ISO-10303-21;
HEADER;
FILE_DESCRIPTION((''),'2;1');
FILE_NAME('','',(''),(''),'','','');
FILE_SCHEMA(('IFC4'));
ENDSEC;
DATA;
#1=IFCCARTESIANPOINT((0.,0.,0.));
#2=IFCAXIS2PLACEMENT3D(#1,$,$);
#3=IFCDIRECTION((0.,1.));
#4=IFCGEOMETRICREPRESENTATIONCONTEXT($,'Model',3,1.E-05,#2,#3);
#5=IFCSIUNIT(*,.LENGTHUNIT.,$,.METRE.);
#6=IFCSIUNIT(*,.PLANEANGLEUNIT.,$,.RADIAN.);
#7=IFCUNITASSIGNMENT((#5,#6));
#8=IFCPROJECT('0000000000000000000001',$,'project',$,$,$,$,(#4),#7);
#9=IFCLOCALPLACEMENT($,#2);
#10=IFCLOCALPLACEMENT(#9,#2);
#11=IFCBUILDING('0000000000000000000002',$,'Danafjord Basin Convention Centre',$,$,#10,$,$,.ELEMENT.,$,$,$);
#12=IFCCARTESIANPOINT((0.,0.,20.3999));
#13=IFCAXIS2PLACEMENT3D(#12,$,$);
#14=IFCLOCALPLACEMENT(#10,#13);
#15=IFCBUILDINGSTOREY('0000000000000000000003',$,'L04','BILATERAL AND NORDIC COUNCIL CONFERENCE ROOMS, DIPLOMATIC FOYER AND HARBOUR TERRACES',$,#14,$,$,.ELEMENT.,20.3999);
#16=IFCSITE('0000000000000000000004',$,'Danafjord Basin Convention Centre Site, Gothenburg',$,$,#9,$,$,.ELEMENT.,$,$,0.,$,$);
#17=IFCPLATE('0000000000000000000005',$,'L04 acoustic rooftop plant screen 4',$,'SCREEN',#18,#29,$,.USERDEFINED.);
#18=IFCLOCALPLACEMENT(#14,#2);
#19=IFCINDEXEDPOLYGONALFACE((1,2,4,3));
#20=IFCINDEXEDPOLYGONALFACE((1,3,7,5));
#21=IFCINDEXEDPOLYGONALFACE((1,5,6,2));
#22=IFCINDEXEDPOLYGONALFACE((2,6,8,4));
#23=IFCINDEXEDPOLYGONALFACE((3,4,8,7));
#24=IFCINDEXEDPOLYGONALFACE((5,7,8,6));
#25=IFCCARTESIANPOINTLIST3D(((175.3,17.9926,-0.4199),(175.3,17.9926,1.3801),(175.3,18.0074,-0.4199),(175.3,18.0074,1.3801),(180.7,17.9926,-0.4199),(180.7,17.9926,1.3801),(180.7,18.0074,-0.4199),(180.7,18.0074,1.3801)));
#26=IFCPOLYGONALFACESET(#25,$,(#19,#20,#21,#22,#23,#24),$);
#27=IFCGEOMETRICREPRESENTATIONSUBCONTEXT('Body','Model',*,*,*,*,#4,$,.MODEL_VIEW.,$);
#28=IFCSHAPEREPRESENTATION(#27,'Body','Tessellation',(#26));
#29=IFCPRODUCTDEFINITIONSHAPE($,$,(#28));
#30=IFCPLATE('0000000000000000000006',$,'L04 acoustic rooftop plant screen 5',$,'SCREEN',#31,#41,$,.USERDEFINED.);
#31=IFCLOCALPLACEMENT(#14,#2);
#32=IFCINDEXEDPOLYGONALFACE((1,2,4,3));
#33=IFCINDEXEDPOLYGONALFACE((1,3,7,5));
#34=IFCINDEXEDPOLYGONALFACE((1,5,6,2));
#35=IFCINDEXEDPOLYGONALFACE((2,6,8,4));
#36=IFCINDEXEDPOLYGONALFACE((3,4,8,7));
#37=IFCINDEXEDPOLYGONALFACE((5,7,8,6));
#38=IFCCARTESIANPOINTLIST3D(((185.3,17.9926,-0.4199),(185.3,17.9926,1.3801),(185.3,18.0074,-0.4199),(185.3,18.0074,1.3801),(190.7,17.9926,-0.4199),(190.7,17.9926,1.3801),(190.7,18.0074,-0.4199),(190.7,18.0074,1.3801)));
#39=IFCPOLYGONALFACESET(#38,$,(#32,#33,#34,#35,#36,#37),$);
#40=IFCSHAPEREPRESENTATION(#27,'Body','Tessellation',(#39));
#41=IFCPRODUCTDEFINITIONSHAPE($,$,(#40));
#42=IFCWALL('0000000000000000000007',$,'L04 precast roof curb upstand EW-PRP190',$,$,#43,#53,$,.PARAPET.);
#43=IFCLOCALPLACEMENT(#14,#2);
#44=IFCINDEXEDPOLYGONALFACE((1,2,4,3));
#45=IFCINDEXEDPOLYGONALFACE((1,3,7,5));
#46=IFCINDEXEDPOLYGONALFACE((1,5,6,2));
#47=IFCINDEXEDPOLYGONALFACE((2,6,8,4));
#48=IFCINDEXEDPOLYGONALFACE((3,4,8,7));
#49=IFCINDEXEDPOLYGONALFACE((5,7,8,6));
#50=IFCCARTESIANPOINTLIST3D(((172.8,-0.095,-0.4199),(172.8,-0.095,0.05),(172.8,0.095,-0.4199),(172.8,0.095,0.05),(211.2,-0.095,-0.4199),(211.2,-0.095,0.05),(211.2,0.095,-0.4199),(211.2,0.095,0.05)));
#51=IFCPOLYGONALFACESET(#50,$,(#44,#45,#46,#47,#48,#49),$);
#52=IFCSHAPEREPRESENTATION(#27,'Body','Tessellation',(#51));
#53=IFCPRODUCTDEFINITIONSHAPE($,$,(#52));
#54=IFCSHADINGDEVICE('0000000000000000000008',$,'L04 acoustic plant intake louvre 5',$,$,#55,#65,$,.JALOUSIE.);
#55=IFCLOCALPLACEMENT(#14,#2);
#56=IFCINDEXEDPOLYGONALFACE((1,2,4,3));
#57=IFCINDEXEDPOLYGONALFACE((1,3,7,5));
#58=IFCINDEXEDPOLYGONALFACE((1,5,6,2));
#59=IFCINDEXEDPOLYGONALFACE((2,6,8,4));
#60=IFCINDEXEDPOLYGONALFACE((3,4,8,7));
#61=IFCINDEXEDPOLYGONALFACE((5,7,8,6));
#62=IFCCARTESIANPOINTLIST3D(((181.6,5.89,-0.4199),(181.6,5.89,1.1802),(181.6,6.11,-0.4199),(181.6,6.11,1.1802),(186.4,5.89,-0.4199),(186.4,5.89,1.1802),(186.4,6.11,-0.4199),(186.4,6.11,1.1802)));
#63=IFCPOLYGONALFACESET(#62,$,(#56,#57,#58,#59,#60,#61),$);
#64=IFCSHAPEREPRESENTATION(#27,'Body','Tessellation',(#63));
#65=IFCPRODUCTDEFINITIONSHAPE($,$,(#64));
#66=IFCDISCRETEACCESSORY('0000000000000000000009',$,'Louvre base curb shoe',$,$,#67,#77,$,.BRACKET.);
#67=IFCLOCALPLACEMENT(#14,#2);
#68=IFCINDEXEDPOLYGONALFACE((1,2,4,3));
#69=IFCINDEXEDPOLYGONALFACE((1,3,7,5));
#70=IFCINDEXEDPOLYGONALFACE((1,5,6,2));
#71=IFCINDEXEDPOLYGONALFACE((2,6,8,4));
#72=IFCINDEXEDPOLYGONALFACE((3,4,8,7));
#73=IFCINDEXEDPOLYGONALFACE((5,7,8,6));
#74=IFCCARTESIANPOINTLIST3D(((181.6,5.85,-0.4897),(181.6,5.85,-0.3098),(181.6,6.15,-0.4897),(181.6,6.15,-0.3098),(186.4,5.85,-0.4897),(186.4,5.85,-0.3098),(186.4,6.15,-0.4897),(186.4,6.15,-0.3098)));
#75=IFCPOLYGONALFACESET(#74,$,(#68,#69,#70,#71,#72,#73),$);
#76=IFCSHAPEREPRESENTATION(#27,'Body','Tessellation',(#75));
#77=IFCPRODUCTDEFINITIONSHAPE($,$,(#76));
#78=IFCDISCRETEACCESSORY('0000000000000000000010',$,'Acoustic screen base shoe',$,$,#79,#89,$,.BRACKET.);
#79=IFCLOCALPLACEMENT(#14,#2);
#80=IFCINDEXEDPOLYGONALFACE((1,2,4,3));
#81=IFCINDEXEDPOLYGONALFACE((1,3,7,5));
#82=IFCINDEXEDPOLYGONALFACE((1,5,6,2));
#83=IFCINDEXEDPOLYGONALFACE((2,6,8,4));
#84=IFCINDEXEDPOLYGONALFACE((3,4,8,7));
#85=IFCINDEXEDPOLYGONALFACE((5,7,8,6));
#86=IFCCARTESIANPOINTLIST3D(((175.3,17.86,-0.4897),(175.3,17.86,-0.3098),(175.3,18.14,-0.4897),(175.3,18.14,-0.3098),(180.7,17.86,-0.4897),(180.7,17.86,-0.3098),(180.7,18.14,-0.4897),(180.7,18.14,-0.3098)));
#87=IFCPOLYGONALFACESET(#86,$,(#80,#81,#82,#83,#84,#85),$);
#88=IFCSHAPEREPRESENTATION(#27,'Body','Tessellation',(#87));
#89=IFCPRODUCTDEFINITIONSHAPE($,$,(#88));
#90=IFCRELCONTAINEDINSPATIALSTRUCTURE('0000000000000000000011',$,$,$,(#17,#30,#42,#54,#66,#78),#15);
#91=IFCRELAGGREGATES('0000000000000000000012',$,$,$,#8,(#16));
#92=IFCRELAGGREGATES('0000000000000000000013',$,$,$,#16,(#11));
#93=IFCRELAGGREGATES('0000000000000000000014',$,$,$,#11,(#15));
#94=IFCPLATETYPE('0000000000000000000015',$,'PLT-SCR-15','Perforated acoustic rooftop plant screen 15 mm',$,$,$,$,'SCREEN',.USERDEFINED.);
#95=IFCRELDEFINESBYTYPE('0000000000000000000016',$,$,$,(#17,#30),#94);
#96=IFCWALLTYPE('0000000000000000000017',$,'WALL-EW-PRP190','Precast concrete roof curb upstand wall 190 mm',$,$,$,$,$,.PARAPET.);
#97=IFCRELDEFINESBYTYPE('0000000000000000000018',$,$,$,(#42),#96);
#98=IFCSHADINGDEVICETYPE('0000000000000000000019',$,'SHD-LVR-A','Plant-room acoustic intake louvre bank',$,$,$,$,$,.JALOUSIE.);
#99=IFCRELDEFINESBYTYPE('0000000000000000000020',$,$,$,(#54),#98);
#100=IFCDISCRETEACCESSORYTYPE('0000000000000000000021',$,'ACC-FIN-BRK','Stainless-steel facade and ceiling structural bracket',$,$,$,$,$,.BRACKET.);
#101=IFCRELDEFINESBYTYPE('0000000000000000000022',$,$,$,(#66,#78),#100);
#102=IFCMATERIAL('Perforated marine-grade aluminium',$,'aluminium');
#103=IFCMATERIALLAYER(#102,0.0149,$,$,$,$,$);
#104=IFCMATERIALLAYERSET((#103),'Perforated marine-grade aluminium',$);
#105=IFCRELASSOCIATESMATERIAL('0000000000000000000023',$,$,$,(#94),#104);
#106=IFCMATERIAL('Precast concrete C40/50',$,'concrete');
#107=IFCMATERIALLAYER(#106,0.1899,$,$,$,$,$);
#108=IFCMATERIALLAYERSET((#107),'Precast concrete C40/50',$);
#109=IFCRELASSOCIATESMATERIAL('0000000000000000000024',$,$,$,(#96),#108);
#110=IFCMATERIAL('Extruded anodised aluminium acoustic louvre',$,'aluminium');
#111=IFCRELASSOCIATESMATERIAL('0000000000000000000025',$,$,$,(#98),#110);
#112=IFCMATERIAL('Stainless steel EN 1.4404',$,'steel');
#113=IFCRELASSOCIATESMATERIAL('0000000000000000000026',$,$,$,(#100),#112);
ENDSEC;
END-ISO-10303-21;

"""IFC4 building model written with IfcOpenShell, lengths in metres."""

from ifc_helpers import new_model, si_unit, direction, frame, frame_2d, origin, origin_2d, place, context, subcontext, project, spatial, rectangle, extrude, material, layer, layer_set, type_object, element, save


model = new_model("IFC4")

# Units and contexts
model_context = context("Model", 3, precision=1e-05, world=origin(), true_north=direction((0.0, 1.0)))
body_context = subcontext(model_context, "Body", "Model", "MODEL_VIEW")
ifc_project = project(units=[si_unit("LENGTHUNIT", "METRE"), si_unit("PLANEANGLEUNIT", "RADIAN")], contexts=[model_context])

# Site, building, storey
site_placement = place(None, origin())
site = spatial("IfcSite", under=ifc_project, at=site_placement, Name="Danafjord Basin Convention Centre Site, Gothenburg", CompositionType="ELEMENT", RefElevation=0.0)
building_placement = place(site_placement, origin())
building = spatial("IfcBuilding", under=site, at=building_placement, Name="Danafjord Basin Convention Centre", CompositionType="ELEMENT")
storey_placement = place(building_placement, frame((0.0, 0.0, 20.3999)))
storey = spatial("IfcBuildingStorey", under=building, at=storey_placement, Name="L04", Description="BILATERAL AND NORDIC COUNCIL CONFERENCE ROOMS, DIPLOMATIC FOYER AND HARBOUR TERRACES", CompositionType="ELEMENT", Elevation=20.3999)

# Plates
ifc_material_1 = material(Name="Perforated marine-grade aluminium", Category="aluminium")
ifc_layer_1 = layer(ifc_material_1, 0.0149)
ifc_layer_set_1 = layer_set([ifc_layer_1], Name="Perforated marine-grade aluminium")
plate_type = type_object("IfcPlateType", Name="PLT-SCR-15", Description="Perforated acoustic rooftop plant screen 15 mm", ElementType="SCREEN", PredefinedType="USERDEFINED", material=ifc_layer_set_1)
for number, where, z_axis, x_axis, name in (
    (1, (178.0, 18.0, -0.4199), (0.0, 0.0, 1.0), (1.0, 0.0, 0.0), "L04 acoustic rooftop plant screen 4"),
    (2, (188.0, 18.0, -0.4199), (0.0, 0.0, 1.0), (1.0, 0.0, 0.0), "L04 acoustic rooftop plant screen 5"),
):
    element("IfcPlate", number, at=place(storey_placement, frame(where, z_axis=z_axis, x_axis=x_axis)), inside=storey, type_object=plate_type, Name=name, ObjectType="SCREEN", PredefinedType="USERDEFINED", context=body_context, shape_type="SweptSolid", body=[
        extrude(rectangle(XDim=5.3999, YDim=0.0149, at=origin_2d()), origin(), (0.0, 0.0, 1.0), 1.8),
    ])

# Wall
ifc_material_2 = material(Name="Precast concrete C40/50", Category="concrete")
ifc_layer_2 = layer(ifc_material_2, 0.1899)
ifc_layer_set_2 = layer_set([ifc_layer_2], Name="Precast concrete C40/50")
wall_type = type_object("IfcWallType", Name="WALL-EW-PRP190", Description="Precast concrete roof curb upstand wall 190 mm", PredefinedType="PARAPET", material=ifc_layer_set_2)
wall_placement = place(storey_placement, frame((172.8, 0.0, -0.4199), z_axis=(0.0, 0.0, 1.0), x_axis=(1.0, 0.0, 0.0)))
element("IfcWall", 3, at=wall_placement, inside=storey, type_object=wall_type, Name="L04 precast roof curb upstand EW-PRP190", PredefinedType="PARAPET", context=body_context, shape_type="SweptSolid", body=[
    extrude(rectangle(XDim=38.3999, YDim=0.1899, at=frame_2d((19.2, 0.0))), origin(), (0.0, 0.0, 1.0), 0.47),
])

# Shading device
ifc_material_3 = material(Name="Extruded anodised aluminium acoustic louvre", Category="aluminium")
shading_device_type = type_object("IfcShadingDeviceType", Name="SHD-LVR-A", Description="Plant-room acoustic intake louvre bank", PredefinedType="JALOUSIE", material=ifc_material_3)
shading_device_placement = place(storey_placement, frame((184.0, 6.0, -0.4199), z_axis=(0.0, 0.0, 1.0), x_axis=(1.0, 0.0, 0.0)))
element("IfcShadingDevice", 4, at=shading_device_placement, inside=storey, type_object=shading_device_type, Name="L04 acoustic plant intake louvre 5", PredefinedType="JALOUSIE", context=body_context, shape_type="SweptSolid", body=[
    extrude(rectangle(XDim=4.8, YDim=0.22, at=origin_2d()), origin(), (0.0, 0.0, 1.0), 1.6001),
])

# Discrete accessories
ifc_material_4 = material(Name="Stainless steel EN 1.4404", Category="steel")
discrete_accessory_type = type_object("IfcDiscreteAccessoryType", Name="ACC-FIN-BRK", Description="Stainless-steel facade and ceiling structural bracket", PredefinedType="BRACKET", material=ifc_material_4)
discrete_accessory_1_placement = place(storey_placement, frame((184.0, 6.0, -0.4897), z_axis=(0.0, 0.0, 1.0), x_axis=(1.0, 0.0, 0.0)))
element("IfcDiscreteAccessory", 5, at=discrete_accessory_1_placement, inside=storey, type_object=discrete_accessory_type, Name="Louvre base curb shoe", PredefinedType="BRACKET", context=body_context, shape_type="SweptSolid", body=[
    extrude(rectangle(XDim=4.8, YDim=0.3, at=origin_2d()), origin(), (0.0, 0.0, 1.0), 0.1799),
])
discrete_accessory_2_placement = place(storey_placement, frame((178.0, 18.0, -0.4897), z_axis=(0.0, 0.0, 1.0), x_axis=(1.0, 0.0, 0.0)))
element("IfcDiscreteAccessory", 6, at=discrete_accessory_2_placement, inside=storey, type_object=discrete_accessory_type, Name="Acoustic screen base shoe", PredefinedType="BRACKET", context=body_context, shape_type="SweptSolid", body=[
    extrude(rectangle(XDim=5.3999, YDim=0.28, at=origin_2d()), origin(), (0.0, 0.0, 1.0), 0.1799),
])

save(model, "model.ifc")
